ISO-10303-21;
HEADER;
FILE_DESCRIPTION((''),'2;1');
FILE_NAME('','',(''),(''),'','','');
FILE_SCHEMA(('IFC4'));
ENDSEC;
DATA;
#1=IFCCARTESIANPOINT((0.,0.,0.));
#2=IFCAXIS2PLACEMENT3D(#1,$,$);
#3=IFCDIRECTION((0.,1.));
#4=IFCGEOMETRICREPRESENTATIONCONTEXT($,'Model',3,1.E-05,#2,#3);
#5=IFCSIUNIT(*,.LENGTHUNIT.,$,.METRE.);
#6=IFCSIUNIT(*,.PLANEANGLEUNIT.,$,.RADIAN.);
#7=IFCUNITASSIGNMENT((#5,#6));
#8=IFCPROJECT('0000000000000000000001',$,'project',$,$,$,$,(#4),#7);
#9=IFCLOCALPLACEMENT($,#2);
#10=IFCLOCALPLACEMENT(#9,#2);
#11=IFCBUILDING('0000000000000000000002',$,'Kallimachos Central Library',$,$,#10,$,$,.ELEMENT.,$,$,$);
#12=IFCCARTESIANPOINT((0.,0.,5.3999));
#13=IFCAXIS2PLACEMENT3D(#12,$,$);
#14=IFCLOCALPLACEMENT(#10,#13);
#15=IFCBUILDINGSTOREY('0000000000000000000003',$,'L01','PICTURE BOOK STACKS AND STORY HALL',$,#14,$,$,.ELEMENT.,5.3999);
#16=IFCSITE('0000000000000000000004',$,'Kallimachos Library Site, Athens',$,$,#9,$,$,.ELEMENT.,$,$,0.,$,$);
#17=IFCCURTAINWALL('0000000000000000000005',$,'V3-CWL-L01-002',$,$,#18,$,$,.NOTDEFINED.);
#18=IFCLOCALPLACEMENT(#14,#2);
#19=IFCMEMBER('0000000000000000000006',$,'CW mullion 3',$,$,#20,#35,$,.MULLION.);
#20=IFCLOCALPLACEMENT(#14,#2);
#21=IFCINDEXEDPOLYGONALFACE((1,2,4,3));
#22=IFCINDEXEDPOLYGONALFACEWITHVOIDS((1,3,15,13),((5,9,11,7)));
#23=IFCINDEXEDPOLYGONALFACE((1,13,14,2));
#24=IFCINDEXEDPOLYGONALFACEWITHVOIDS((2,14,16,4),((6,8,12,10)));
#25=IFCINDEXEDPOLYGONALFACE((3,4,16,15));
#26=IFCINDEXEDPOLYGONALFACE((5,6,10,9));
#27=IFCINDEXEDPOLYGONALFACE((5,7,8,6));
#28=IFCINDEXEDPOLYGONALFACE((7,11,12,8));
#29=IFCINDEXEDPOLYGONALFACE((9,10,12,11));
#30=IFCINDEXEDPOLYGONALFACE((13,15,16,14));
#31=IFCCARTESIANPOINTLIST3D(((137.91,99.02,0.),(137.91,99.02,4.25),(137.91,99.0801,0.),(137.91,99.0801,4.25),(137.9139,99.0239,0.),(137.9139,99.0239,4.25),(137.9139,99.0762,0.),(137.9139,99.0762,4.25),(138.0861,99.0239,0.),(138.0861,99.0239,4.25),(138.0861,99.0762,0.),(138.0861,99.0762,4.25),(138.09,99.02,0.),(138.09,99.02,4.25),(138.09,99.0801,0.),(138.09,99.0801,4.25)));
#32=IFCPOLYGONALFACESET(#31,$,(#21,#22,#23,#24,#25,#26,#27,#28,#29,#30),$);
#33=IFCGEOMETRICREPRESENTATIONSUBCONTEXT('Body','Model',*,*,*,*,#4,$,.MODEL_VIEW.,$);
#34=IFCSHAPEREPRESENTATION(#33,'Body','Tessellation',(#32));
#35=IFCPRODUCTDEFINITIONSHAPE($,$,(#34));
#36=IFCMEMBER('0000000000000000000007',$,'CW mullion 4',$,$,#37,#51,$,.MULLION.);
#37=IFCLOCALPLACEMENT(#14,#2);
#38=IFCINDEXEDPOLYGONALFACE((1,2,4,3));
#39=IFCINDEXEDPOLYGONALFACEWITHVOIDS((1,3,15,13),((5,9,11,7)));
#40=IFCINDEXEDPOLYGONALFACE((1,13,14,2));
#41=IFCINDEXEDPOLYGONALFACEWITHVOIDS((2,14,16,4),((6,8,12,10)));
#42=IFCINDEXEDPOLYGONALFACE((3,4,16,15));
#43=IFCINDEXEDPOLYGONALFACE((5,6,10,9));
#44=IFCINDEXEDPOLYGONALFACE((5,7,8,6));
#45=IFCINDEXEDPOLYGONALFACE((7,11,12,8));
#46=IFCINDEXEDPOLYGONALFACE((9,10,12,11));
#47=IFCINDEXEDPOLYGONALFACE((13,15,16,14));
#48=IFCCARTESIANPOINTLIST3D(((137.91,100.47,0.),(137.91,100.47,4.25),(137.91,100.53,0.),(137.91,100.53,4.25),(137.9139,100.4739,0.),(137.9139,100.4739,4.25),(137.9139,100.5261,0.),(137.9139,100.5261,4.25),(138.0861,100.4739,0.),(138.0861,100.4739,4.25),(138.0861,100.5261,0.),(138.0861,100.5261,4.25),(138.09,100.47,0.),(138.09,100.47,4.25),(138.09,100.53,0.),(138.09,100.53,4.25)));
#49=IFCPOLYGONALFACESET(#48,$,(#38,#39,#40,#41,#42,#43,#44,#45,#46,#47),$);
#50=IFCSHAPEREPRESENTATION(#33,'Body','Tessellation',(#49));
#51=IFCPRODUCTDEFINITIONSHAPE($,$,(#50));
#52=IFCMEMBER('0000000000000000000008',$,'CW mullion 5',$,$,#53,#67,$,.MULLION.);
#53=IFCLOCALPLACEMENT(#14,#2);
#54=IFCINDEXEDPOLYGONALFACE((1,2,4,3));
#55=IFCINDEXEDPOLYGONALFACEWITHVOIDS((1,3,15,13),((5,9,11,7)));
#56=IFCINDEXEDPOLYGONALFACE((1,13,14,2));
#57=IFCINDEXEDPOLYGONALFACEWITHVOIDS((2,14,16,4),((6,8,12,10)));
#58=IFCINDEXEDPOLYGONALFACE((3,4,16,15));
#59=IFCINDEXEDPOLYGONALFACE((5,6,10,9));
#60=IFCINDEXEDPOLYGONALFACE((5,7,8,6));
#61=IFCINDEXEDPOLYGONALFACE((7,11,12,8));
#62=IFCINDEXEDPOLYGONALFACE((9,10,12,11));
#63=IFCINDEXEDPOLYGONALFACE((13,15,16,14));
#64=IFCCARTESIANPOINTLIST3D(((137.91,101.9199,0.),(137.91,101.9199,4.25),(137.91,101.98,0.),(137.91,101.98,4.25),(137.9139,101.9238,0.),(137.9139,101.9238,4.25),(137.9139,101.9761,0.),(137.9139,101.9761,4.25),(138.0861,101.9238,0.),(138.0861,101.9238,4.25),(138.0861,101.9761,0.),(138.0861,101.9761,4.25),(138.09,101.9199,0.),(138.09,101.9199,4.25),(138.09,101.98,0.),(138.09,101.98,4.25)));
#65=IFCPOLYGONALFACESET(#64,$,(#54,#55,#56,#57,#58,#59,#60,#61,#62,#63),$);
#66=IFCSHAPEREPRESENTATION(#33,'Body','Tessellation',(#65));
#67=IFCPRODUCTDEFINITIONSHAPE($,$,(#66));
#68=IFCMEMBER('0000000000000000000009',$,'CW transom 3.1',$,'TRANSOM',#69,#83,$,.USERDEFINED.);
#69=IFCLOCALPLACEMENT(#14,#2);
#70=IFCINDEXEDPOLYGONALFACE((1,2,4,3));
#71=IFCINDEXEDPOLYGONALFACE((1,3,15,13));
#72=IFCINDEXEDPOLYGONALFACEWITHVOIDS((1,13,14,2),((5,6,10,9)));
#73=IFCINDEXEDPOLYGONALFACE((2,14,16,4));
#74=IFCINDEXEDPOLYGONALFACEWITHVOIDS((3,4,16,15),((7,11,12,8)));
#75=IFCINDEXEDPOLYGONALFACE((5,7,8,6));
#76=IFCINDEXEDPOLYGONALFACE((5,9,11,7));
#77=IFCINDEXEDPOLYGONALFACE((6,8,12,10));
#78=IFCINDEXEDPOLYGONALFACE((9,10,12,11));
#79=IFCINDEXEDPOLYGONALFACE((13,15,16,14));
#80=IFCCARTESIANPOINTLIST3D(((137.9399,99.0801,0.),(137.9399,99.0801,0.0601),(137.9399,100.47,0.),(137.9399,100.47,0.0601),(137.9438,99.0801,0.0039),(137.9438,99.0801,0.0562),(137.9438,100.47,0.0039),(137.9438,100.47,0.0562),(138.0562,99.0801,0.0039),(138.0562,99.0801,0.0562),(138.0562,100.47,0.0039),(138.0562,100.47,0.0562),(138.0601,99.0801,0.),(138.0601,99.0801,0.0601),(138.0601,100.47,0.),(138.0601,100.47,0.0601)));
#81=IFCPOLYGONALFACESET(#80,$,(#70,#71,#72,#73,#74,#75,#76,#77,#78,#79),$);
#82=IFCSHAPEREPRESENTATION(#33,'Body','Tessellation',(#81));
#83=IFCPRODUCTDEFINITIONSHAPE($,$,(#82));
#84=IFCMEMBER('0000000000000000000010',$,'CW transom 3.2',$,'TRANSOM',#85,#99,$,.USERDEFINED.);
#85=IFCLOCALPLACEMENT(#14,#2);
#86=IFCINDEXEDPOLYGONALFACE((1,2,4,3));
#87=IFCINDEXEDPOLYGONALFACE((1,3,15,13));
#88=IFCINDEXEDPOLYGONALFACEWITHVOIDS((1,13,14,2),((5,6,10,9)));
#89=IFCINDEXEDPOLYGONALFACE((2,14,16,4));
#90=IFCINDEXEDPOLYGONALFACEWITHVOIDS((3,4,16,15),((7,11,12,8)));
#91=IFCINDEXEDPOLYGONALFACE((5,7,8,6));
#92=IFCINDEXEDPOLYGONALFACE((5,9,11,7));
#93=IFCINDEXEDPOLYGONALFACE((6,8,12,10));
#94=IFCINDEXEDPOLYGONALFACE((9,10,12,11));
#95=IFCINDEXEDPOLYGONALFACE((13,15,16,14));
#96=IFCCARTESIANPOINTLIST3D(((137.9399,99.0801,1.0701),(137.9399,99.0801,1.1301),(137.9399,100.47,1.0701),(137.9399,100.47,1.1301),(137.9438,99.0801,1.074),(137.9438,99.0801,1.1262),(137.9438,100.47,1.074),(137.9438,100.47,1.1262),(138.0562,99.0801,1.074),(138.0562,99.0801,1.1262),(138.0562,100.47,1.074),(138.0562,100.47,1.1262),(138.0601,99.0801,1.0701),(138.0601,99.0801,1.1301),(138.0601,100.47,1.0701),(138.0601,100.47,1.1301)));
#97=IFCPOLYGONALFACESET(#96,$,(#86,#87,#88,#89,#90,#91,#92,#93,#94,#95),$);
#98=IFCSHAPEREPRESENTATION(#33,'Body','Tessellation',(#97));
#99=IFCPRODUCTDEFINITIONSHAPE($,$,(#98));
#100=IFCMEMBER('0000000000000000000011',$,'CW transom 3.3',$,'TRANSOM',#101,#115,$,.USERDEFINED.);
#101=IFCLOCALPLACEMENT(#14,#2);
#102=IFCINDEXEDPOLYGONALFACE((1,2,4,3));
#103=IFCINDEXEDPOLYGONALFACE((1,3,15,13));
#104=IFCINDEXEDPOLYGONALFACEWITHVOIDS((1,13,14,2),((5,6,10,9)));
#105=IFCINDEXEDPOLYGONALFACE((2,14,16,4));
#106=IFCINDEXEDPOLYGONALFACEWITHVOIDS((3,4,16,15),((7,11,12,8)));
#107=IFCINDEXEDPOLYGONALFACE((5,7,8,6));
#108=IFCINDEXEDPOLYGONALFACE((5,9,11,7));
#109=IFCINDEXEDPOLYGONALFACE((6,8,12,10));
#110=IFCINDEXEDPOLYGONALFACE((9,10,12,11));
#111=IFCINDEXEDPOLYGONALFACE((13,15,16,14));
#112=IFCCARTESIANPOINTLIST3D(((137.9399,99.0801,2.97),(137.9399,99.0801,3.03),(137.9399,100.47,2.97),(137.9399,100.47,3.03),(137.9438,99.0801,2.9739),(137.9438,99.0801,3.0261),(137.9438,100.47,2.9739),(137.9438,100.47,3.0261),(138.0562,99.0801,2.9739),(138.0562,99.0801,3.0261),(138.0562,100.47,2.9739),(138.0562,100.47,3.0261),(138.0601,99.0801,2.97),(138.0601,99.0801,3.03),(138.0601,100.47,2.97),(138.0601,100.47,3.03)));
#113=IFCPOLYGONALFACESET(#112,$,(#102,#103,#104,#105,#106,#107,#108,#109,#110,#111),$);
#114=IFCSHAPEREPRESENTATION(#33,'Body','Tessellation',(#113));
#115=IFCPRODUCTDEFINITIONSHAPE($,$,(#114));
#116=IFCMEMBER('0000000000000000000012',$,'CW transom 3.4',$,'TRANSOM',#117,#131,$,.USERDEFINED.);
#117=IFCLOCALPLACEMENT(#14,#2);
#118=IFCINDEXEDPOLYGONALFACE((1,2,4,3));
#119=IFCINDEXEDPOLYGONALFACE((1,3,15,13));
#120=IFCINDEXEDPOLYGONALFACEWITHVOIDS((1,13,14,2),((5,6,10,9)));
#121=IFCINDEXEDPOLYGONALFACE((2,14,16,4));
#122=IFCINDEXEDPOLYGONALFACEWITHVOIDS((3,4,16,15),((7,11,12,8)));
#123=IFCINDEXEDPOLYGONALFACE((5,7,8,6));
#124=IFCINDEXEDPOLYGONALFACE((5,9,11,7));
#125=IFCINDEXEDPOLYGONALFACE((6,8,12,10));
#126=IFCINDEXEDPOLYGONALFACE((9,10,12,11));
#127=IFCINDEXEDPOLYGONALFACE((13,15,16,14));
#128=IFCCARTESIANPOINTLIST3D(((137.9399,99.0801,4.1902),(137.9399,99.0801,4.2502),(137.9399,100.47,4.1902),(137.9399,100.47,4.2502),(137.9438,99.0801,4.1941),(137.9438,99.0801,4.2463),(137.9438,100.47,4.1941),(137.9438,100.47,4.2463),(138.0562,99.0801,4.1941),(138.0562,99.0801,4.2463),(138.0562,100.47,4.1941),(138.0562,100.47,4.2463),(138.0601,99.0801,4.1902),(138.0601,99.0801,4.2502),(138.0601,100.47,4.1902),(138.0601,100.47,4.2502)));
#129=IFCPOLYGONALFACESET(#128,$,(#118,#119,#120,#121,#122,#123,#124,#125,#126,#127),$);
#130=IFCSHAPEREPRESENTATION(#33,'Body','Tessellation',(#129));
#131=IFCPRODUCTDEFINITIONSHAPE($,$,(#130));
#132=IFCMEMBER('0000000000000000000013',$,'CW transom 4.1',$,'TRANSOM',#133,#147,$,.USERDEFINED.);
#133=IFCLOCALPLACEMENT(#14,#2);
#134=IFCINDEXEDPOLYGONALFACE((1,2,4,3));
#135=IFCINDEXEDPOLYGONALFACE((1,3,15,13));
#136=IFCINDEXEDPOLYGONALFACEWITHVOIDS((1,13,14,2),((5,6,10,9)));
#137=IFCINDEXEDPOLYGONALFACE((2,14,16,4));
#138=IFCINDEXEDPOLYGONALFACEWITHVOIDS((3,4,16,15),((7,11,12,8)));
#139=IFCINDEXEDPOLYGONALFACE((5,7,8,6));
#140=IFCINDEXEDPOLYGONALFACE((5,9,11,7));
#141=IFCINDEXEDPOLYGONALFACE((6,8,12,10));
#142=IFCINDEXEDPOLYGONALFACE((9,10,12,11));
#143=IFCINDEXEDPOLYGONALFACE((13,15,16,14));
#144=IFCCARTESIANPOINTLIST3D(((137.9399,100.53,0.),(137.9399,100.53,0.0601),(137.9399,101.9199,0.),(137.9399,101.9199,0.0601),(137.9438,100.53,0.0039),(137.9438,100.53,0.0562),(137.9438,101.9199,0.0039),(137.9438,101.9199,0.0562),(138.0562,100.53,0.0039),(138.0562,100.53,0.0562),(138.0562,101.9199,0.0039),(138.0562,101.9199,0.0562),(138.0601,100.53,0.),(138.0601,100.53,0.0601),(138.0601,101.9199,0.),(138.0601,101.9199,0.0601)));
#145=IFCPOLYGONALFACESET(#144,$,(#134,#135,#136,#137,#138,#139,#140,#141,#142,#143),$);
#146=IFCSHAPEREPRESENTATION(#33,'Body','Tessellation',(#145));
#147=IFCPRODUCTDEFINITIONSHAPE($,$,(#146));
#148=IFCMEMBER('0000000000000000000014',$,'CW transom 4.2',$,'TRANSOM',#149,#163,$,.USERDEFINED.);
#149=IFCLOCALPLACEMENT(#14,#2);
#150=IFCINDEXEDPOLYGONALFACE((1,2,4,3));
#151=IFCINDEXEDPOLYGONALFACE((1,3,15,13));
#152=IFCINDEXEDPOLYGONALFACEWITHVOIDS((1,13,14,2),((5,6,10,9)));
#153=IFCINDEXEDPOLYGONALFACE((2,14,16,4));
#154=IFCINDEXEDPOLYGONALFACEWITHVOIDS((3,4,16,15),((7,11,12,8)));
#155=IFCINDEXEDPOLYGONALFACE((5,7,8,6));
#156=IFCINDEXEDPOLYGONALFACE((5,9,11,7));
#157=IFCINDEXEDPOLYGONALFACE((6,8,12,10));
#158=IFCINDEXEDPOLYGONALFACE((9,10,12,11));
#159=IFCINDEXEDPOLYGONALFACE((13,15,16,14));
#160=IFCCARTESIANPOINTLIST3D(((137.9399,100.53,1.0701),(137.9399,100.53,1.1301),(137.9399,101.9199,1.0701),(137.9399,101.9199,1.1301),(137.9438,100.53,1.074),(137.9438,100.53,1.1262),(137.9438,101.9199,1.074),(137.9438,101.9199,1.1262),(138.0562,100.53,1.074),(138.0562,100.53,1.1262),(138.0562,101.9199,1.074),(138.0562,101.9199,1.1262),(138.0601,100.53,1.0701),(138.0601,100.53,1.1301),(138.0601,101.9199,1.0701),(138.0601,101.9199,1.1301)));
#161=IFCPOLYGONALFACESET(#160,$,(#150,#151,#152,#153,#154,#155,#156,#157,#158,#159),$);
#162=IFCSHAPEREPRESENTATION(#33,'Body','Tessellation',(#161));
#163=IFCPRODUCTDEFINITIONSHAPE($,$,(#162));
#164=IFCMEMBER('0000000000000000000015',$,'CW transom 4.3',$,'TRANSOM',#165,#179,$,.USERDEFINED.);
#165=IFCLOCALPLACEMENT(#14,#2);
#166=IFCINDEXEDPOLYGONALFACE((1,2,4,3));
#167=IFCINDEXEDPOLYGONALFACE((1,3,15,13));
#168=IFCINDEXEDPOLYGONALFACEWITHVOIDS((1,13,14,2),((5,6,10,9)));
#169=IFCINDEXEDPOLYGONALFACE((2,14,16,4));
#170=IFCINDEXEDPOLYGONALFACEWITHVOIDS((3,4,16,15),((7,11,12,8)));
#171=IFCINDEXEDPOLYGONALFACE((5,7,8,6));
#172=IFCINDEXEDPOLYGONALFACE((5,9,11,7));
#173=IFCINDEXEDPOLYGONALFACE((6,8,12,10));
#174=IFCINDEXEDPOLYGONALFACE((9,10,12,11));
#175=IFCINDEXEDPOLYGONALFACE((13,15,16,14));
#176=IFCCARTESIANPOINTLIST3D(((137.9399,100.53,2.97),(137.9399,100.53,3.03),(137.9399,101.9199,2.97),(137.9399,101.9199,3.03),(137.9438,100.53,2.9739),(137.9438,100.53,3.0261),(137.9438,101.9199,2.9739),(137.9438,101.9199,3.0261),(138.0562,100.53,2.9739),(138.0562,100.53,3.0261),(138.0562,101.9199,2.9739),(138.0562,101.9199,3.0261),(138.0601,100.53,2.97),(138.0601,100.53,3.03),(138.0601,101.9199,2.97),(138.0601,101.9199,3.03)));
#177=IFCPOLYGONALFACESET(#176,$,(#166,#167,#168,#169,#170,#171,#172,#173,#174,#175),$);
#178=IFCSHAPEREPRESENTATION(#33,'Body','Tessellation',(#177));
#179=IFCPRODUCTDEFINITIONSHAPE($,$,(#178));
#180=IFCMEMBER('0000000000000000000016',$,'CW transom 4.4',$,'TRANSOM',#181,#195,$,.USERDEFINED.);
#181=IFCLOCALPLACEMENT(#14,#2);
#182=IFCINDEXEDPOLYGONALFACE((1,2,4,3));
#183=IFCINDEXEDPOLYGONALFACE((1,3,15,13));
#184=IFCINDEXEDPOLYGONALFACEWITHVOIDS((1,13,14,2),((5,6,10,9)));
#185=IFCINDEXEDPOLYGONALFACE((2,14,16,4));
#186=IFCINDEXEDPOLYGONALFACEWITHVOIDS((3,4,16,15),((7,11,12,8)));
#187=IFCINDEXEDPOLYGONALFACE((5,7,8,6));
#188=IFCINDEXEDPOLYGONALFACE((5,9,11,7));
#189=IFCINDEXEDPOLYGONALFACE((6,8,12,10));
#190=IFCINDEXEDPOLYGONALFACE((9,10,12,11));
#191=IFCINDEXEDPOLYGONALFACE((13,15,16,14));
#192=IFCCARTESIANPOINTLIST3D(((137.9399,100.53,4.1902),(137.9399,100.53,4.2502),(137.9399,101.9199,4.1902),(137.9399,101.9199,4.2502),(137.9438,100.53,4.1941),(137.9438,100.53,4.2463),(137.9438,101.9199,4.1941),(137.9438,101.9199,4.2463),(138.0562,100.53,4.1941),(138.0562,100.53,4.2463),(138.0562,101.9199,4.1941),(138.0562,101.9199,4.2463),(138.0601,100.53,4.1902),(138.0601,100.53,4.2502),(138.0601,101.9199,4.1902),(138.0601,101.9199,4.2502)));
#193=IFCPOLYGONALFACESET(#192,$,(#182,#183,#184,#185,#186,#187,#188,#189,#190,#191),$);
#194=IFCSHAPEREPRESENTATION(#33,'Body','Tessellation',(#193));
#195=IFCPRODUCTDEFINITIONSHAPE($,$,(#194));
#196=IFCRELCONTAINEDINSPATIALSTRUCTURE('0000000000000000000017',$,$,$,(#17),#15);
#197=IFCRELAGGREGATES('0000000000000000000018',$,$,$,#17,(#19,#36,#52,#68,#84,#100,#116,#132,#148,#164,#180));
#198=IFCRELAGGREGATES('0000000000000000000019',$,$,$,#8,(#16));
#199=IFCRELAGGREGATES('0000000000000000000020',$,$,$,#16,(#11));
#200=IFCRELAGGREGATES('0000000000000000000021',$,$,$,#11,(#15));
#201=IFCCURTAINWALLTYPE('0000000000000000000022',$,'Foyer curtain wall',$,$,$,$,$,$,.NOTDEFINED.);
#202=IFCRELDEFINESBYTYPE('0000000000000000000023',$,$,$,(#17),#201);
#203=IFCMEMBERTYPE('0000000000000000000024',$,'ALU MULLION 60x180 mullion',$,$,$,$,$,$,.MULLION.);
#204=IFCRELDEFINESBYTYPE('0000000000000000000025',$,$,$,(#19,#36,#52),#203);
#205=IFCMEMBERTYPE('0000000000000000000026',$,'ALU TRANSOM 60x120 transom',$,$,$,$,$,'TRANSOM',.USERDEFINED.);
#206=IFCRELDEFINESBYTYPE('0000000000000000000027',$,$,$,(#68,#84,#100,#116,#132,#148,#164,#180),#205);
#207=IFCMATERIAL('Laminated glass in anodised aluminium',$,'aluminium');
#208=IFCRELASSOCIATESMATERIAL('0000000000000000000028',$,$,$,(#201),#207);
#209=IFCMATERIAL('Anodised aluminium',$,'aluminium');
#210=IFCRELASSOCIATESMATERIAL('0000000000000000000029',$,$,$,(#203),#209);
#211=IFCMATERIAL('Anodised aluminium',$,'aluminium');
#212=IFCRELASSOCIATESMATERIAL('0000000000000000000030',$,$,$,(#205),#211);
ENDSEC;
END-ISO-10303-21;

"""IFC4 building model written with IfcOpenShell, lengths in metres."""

from ifc_helpers import new_model, si_unit, direction, frame, origin, origin_2d, place, context, subcontext, project, spatial, hollow_rectangle, extrude, material, material_profile, profile_set, type_object, element, aggregate, save


model = new_model("IFC4")

# Units and contexts
model_context = context("Model", 3, precision=1e-05, world=origin(), true_north=direction((0.0, 1.0)))
body_context = subcontext(model_context, "Body", "Model", "MODEL_VIEW")
ifc_project = project(units=[si_unit("LENGTHUNIT", "METRE"), si_unit("PLANEANGLEUNIT", "RADIAN")], contexts=[model_context])

# Site, building, storey
site_placement = place(None, origin())
site = spatial("IfcSite", under=ifc_project, at=site_placement, Name="Kallimachos Library Site, Athens", CompositionType="ELEMENT", RefElevation=0.0)
building_placement = place(site_placement, origin())
building = spatial("IfcBuilding", under=site, at=building_placement, Name="Kallimachos Central Library", CompositionType="ELEMENT")
storey_placement = place(building_placement, frame((0.0, 0.0, 5.3999)))
storey = spatial("IfcBuildingStorey", under=building, at=storey_placement, Name="L01", Description="PICTURE BOOK STACKS AND STORY HALL", CompositionType="ELEMENT", Elevation=5.3999)

# Curtain wall, members
ifc_material_1 = material(Name="Laminated glass in anodised aluminium", Category="aluminium")
curtain_wall_type = type_object("IfcCurtainWallType", Name="Foyer curtain wall", PredefinedType="NOTDEFINED", material=ifc_material_1)
curtain_wall_placement = place(storey_placement, origin())
curtain_wall = element("IfcCurtainWall", 1, at=curtain_wall_placement, inside=storey, type_object=curtain_wall_type, Name="V3-CWL-L01-002", PredefinedType="NOTDEFINED")
ifc_material_2 = material(Name="Anodised aluminium", Category="aluminium")
ifc_material_profile_1 = material_profile(ifc_material_2, hollow_rectangle(XDim=0.0601, YDim=0.1799, WallThickness=0.0039, at=origin_2d()), Name="ALU MULLION 60x180")
ifc_profile_set_1 = profile_set([ifc_material_profile_1], Name="Anodised aluminium")
member_type_1 = type_object("IfcMemberType", Name="ALU MULLION 60x180 mullion", PredefinedType="MULLION", material=ifc_profile_set_1)
member_1_placement = place(storey_placement, frame((138.0, 99.05, 0.0), z_axis=(0.0, 0.0, 1.0), x_axis=(0.0, 1.0, 0.0)))
member_1 = element("IfcMember", 2, at=member_1_placement, type_object=member_type_1, Name="CW mullion 3", PredefinedType="MULLION", context=body_context, shape_type="SweptSolid", body=[
    extrude(hollow_rectangle(XDim=0.0601, YDim=0.1799, WallThickness=0.0039, at=origin_2d()), origin(), (0.0, 0.0, 1.0), 4.25),
])
member_2_placement = place(storey_placement, frame((138.0, 100.5, 0.0), z_axis=(0.0, 0.0, 1.0), x_axis=(0.0, 1.0, 0.0)))
member_2 = element("IfcMember", 3, at=member_2_placement, type_object=member_type_1, Name="CW mullion 4", PredefinedType="MULLION", context=body_context, shape_type="SweptSolid", body=[
    extrude(hollow_rectangle(XDim=0.0601, YDim=0.1799, WallThickness=0.0039, at=origin_2d()), origin(), (0.0, 0.0, 1.0), 4.25),
])
member_3_placement = place(storey_placement, frame((138.0, 101.95, 0.0), z_axis=(0.0, 0.0, 1.0), x_axis=(0.0, 1.0, 0.0)))
member_3 = element("IfcMember", 4, at=member_3_placement, type_object=member_type_1, Name="CW mullion 5", PredefinedType="MULLION", context=body_context, shape_type="SweptSolid", body=[
    extrude(hollow_rectangle(XDim=0.0601, YDim=0.1799, WallThickness=0.0039, at=origin_2d()), origin(), (0.0, 0.0, 1.0), 4.25),
])
ifc_material_3 = material(Name="Anodised aluminium", Category="aluminium")
ifc_material_profile_2 = material_profile(ifc_material_3, hollow_rectangle(XDim=0.0601, YDim=0.1201, WallThickness=0.0039, at=origin_2d()), Name="ALU TRANSOM 60x120")
ifc_profile_set_2 = profile_set([ifc_material_profile_2], Name="Anodised aluminium")
member_type_2 = type_object("IfcMemberType", Name="ALU TRANSOM 60x120 transom", ElementType="TRANSOM", PredefinedType="USERDEFINED", material=ifc_profile_set_2)
member_4_placement = place(storey_placement, frame((138.0, 99.0801, 0.03), z_axis=(0.0, 1.0, 0.0), x_axis=(0.0, 0.0, 1.0)))
member_4 = element("IfcMember", 5, at=member_4_placement, type_object=member_type_2, Name="CW transom 3.1", ObjectType="TRANSOM", PredefinedType="USERDEFINED", context=body_context, shape_type="SweptSolid", body=[
    extrude(hollow_rectangle(XDim=0.0601, YDim=0.1201, WallThickness=0.0039, at=origin_2d()), origin(), (0.0, 0.0, 1.0), 1.3899),
])
member_5_placement = place(storey_placement, frame((138.0, 99.0801, 1.1001), z_axis=(0.0, 1.0, 0.0), x_axis=(0.0, 0.0, 1.0)))
member_5 = element("IfcMember", 6, at=member_5_placement, type_object=member_type_2, Name="CW transom 3.2", ObjectType="TRANSOM", PredefinedType="USERDEFINED", context=body_context, shape_type="SweptSolid", body=[
    extrude(hollow_rectangle(XDim=0.0601, YDim=0.1201, WallThickness=0.0039, at=origin_2d()), origin(), (0.0, 0.0, 1.0), 1.3899),
])
member_6_placement = place(storey_placement, frame((138.0, 99.0801, 3.0), z_axis=(0.0, 1.0, 0.0), x_axis=(0.0, 0.0, 1.0)))
member_6 = element("IfcMember", 7, at=member_6_placement, type_object=member_type_2, Name="CW transom 3.3", ObjectType="TRANSOM", PredefinedType="USERDEFINED", context=body_context, shape_type="SweptSolid", body=[
    extrude(hollow_rectangle(XDim=0.0601, YDim=0.1201, WallThickness=0.0039, at=origin_2d()), origin(), (0.0, 0.0, 1.0), 1.3899),
])
member_7_placement = place(storey_placement, frame((138.0, 99.0801, 4.2202), z_axis=(0.0, 1.0, 0.0), x_axis=(0.0, 0.0, 1.0)))
member_7 = element("IfcMember", 8, at=member_7_placement, type_object=member_type_2, Name="CW transom 3.4", ObjectType="TRANSOM", PredefinedType="USERDEFINED", context=body_context, shape_type="SweptSolid", body=[
    extrude(hollow_rectangle(XDim=0.0601, YDim=0.1201, WallThickness=0.0039, at=origin_2d()), origin(), (0.0, 0.0, 1.0), 1.3899),
])
member_8_placement = place(storey_placement, frame((138.0, 100.53, 0.03), z_axis=(0.0, 1.0, 0.0), x_axis=(0.0, 0.0, 1.0)))
member_8 = element("IfcMember", 9, at=member_8_placement, type_object=member_type_2, Name="CW transom 4.1", ObjectType="TRANSOM", PredefinedType="USERDEFINED", context=body_context, shape_type="SweptSolid", body=[
    extrude(hollow_rectangle(XDim=0.0601, YDim=0.1201, WallThickness=0.0039, at=origin_2d()), origin(), (0.0, 0.0, 1.0), 1.3899),
])
member_9_placement = place(storey_placement, frame((138.0, 100.53, 1.1001), z_axis=(0.0, 1.0, 0.0), x_axis=(0.0, 0.0, 1.0)))
member_9 = element("IfcMember", 10, at=member_9_placement, type_object=member_type_2, Name="CW transom 4.2", ObjectType="TRANSOM", PredefinedType="USERDEFINED", context=body_context, shape_type="SweptSolid", body=[
    extrude(hollow_rectangle(XDim=0.0601, YDim=0.1201, WallThickness=0.0039, at=origin_2d()), origin(), (0.0, 0.0, 1.0), 1.3899),
])
member_10_placement = place(storey_placement, frame((138.0, 100.53, 3.0), z_axis=(0.0, 1.0, 0.0), x_axis=(0.0, 0.0, 1.0)))
member_10 = element("IfcMember", 11, at=member_10_placement, type_object=member_type_2, Name="CW transom 4.3", ObjectType="TRANSOM", PredefinedType="USERDEFINED", context=body_context, shape_type="SweptSolid", body=[
    extrude(hollow_rectangle(XDim=0.0601, YDim=0.1201, WallThickness=0.0039, at=origin_2d()), origin(), (0.0, 0.0, 1.0), 1.3899),
])
member_11_placement = place(storey_placement, frame((138.0, 100.53, 4.2202), z_axis=(0.0, 1.0, 0.0), x_axis=(0.0, 0.0, 1.0)))
member_11 = element("IfcMember", 12, at=member_11_placement, type_object=member_type_2, Name="CW transom 4.4", ObjectType="TRANSOM", PredefinedType="USERDEFINED", context=body_context, shape_type="SweptSolid", body=[
    extrude(hollow_rectangle(XDim=0.0601, YDim=0.1201, WallThickness=0.0039, at=origin_2d()), origin(), (0.0, 0.0, 1.0), 1.3899),
])

aggregate(curtain_wall, [member_1, member_2, member_3, member_4, member_5, member_6, member_7, member_8, member_9, member_10, member_11])

save(model, "model.ifc")
